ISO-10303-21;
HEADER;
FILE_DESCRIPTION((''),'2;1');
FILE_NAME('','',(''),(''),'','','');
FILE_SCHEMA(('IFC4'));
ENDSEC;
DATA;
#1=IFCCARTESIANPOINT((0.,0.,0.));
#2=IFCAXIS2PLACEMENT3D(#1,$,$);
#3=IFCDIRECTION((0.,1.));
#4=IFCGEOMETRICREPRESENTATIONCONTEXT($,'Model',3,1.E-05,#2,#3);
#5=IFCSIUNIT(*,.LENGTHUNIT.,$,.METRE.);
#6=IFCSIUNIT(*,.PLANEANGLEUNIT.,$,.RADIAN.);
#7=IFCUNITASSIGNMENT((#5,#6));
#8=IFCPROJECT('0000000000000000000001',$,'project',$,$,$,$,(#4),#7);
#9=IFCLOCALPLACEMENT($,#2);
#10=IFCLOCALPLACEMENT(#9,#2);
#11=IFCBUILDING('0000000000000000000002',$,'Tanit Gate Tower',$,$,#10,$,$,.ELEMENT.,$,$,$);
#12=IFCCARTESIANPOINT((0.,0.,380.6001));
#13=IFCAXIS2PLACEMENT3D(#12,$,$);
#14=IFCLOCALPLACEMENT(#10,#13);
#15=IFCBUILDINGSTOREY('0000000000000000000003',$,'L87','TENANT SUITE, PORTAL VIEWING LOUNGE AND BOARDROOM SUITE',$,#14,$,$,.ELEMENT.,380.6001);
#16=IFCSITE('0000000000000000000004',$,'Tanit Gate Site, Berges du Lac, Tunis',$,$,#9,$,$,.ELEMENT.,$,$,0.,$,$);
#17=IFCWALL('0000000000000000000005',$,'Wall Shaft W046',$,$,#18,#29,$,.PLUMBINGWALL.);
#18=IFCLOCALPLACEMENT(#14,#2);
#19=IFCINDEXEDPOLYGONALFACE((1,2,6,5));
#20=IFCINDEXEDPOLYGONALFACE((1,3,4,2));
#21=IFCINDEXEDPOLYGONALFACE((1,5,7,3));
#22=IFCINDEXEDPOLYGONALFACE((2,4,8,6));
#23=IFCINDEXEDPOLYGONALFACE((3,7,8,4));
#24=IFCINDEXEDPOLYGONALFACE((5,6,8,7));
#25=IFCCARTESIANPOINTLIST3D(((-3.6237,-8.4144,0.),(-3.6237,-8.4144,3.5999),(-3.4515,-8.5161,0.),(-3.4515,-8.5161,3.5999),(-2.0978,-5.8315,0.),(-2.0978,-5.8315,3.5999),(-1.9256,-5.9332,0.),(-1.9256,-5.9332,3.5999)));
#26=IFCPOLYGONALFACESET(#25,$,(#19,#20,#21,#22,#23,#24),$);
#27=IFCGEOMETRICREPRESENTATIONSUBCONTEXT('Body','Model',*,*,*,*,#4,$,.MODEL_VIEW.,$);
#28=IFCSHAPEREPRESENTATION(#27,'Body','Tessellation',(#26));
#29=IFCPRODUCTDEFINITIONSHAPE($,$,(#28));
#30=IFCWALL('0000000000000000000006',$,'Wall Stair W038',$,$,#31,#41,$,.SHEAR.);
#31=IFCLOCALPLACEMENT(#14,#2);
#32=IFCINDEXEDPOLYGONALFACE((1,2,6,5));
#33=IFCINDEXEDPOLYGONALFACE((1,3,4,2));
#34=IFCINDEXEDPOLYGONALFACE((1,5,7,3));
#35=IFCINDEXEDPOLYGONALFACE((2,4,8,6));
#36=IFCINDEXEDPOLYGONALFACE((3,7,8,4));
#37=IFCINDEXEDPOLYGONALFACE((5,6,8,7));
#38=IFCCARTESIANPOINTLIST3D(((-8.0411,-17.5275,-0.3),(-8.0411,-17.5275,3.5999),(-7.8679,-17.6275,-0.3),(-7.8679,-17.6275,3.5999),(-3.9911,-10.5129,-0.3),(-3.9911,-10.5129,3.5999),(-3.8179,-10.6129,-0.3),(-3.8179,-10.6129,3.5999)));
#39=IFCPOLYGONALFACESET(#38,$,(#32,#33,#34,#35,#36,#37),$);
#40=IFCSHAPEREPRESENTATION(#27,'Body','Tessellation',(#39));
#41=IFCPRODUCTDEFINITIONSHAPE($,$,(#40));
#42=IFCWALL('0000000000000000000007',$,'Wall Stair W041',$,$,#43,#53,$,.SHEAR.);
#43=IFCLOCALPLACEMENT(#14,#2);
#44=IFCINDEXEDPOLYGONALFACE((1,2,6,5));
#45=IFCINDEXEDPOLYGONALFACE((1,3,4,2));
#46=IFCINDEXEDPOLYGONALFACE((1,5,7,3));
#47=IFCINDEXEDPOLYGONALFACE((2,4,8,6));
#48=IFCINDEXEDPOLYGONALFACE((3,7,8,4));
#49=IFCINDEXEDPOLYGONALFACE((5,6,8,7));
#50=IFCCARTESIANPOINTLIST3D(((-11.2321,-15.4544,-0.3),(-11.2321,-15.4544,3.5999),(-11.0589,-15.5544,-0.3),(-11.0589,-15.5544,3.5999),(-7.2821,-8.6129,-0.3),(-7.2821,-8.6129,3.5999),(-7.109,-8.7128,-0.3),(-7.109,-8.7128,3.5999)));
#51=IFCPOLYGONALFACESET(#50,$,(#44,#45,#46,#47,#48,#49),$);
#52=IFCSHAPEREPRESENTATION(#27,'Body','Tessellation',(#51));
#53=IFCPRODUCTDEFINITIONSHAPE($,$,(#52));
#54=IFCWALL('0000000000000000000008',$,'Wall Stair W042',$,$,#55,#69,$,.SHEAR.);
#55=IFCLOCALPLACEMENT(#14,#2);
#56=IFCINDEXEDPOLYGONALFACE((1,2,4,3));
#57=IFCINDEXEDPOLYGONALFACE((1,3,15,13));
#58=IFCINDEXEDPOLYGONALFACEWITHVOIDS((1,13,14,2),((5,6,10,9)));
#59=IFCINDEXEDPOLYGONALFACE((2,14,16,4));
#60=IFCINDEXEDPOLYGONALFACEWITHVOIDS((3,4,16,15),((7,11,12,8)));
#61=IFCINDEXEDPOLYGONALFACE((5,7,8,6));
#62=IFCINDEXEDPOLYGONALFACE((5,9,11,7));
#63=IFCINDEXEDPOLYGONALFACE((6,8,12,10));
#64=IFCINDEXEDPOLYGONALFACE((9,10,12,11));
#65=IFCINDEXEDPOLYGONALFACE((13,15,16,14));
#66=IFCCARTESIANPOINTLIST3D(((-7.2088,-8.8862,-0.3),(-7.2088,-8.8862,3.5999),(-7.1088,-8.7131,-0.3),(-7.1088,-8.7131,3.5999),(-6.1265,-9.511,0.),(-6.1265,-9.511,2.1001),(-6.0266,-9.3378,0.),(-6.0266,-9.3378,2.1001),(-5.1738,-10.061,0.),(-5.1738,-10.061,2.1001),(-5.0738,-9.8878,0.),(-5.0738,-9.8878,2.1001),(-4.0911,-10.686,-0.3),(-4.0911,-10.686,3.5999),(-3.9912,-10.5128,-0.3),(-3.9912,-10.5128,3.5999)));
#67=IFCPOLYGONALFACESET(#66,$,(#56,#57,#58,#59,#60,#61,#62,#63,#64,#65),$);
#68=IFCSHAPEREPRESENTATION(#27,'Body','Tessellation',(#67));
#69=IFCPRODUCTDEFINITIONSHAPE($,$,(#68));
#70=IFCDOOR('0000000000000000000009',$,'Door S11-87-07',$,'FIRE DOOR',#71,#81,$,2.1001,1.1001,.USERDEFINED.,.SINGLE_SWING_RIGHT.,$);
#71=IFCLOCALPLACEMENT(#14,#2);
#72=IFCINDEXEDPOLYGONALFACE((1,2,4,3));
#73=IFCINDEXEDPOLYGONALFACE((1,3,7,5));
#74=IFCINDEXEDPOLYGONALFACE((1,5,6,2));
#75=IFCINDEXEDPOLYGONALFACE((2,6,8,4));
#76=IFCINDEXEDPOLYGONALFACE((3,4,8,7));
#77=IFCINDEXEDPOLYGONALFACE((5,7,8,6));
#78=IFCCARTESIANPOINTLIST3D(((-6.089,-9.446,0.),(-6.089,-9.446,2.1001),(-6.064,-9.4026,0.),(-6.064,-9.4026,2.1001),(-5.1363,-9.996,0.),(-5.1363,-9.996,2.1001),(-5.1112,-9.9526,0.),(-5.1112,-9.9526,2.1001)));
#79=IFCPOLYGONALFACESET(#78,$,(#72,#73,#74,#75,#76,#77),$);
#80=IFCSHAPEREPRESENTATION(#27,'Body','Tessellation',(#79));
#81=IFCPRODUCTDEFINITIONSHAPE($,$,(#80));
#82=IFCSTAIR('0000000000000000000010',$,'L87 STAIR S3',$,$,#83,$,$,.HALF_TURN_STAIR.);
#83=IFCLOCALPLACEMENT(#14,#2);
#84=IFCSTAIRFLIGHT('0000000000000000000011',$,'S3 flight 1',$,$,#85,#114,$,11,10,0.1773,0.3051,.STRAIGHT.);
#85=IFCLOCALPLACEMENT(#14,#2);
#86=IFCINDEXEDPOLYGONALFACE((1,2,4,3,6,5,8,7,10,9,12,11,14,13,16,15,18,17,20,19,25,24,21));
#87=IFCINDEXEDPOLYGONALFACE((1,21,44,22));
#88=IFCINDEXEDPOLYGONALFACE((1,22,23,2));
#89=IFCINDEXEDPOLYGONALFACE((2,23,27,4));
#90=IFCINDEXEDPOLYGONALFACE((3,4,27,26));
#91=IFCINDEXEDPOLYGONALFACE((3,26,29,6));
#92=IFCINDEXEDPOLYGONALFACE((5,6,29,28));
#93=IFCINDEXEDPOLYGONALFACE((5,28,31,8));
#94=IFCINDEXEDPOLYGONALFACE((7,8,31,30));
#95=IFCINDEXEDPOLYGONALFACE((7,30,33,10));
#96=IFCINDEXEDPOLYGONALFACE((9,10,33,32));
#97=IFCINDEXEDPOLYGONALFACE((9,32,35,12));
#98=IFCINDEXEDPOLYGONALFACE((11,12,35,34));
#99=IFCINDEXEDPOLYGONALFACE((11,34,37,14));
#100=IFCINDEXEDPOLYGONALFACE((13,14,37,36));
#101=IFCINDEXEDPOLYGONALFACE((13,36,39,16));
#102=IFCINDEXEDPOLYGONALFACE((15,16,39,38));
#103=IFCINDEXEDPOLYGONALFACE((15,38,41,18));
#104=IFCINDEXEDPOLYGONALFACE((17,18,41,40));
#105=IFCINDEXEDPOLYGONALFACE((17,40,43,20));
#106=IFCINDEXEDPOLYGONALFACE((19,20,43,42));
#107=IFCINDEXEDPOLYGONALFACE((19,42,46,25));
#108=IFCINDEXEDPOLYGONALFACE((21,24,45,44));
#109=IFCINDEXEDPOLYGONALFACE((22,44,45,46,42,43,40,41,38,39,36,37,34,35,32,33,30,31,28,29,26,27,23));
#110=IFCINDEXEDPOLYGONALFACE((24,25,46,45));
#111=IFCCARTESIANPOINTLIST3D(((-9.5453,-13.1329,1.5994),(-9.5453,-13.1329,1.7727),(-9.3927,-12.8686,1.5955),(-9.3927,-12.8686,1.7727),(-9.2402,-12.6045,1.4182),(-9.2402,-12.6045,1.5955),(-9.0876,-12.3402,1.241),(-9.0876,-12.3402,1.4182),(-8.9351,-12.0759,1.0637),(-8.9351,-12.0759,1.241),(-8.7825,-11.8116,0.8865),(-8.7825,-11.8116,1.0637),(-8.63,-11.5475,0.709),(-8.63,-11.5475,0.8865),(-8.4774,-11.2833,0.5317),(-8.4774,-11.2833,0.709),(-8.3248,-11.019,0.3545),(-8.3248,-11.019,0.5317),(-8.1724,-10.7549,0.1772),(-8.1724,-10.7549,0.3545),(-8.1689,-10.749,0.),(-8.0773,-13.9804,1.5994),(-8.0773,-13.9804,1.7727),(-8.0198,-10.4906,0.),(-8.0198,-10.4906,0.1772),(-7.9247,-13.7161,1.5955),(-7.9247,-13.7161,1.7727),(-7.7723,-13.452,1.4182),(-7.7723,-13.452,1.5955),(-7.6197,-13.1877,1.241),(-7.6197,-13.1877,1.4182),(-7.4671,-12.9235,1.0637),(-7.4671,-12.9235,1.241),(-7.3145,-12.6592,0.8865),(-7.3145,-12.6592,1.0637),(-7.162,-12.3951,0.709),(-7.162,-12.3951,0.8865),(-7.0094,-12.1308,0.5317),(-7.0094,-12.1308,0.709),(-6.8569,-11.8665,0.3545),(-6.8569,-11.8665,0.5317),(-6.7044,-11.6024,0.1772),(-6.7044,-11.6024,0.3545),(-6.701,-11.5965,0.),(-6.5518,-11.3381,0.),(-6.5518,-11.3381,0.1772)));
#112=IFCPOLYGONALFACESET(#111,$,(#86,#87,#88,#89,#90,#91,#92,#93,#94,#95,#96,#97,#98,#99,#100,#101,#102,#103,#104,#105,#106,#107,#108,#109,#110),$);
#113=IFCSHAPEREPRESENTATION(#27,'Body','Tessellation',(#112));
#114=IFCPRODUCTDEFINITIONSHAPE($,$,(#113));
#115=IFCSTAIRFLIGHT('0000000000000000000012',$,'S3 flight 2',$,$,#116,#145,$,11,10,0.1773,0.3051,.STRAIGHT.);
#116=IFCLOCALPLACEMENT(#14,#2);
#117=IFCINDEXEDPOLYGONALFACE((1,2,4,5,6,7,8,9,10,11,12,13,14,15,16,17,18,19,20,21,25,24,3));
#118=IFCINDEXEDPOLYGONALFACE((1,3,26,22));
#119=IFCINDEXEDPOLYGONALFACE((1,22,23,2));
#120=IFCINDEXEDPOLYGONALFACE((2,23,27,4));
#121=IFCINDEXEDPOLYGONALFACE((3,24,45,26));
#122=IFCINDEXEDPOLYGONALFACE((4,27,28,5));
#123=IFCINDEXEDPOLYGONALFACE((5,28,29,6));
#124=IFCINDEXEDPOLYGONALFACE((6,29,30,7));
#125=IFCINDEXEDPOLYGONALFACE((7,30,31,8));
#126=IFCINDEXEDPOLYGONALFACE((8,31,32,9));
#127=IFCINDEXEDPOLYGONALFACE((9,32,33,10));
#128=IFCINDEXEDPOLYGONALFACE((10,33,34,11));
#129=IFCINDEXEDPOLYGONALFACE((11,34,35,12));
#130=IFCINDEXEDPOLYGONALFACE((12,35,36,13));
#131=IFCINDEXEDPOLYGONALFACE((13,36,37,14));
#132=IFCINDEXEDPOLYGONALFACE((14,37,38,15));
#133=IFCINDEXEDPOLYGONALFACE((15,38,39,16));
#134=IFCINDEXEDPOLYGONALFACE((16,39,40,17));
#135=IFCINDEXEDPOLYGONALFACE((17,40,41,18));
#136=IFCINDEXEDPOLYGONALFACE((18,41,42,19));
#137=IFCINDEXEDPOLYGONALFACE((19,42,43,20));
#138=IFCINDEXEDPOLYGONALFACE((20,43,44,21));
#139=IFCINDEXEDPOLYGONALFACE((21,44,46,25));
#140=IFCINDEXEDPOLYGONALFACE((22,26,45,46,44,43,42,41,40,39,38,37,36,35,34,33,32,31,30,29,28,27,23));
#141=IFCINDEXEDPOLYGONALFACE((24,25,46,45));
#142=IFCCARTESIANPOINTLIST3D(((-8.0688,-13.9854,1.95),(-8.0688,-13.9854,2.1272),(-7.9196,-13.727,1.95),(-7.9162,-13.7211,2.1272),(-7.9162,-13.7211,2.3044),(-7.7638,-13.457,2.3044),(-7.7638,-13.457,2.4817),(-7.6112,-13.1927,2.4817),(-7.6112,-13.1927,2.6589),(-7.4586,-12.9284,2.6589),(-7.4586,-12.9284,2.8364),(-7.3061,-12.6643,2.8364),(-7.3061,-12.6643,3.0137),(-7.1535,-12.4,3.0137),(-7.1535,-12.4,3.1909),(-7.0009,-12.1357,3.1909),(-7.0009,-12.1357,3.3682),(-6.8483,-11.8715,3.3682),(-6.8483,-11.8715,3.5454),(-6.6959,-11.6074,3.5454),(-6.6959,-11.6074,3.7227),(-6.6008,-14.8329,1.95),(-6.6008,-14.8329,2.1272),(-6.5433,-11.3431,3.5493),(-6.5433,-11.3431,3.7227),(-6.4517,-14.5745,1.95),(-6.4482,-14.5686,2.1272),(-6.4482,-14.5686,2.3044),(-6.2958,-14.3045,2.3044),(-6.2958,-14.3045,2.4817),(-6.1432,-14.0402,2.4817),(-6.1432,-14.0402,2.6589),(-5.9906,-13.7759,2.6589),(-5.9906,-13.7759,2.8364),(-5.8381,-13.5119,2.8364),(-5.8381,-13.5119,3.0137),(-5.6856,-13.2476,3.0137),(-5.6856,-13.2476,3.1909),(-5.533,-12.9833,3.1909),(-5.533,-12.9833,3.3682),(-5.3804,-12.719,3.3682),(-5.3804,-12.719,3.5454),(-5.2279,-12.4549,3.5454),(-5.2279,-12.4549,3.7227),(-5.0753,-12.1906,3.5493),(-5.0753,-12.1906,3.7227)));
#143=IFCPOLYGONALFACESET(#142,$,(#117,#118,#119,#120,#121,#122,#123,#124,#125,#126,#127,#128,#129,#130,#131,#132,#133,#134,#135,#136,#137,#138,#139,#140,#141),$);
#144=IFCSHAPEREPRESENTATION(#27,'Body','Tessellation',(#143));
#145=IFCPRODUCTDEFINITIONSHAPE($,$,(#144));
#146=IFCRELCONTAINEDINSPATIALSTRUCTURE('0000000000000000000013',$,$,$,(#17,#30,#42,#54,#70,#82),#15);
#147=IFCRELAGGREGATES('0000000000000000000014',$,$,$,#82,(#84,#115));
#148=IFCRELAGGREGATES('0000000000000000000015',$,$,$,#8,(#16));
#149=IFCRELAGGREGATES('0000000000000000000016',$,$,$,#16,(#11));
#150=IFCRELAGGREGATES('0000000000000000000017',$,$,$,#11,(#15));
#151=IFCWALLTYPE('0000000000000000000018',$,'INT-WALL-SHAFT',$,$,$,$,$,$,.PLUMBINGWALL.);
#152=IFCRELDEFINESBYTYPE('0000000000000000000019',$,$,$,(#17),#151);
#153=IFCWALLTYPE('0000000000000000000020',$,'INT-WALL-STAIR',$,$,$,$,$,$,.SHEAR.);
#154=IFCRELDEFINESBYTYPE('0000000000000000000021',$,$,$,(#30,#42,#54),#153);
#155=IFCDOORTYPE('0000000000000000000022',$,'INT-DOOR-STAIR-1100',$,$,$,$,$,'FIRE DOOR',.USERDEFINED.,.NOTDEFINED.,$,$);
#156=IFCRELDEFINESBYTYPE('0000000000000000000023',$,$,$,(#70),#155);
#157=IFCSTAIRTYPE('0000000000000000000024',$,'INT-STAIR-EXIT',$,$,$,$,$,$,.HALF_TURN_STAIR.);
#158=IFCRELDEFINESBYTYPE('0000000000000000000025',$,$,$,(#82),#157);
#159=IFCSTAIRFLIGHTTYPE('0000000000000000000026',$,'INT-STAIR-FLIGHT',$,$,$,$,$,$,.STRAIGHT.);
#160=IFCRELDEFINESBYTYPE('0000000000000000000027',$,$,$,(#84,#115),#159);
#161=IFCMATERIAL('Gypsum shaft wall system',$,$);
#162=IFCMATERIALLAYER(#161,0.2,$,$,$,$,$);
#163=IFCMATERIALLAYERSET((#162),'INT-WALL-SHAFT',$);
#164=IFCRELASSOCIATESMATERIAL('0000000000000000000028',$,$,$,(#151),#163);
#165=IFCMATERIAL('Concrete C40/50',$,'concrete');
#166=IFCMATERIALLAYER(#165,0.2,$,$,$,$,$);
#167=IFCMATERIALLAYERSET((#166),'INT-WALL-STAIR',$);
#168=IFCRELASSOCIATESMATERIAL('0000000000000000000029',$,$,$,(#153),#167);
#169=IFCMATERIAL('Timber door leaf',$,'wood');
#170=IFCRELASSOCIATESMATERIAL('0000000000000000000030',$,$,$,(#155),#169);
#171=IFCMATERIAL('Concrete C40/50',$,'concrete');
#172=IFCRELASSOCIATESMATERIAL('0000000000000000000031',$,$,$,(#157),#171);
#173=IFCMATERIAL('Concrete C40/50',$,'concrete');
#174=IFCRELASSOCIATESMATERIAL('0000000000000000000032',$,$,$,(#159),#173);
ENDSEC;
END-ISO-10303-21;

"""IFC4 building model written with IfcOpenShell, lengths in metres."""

from ifc_helpers import new_model, si_unit, direction, frame, frame_2d, origin, place, context, subcontext, project, spatial, polyline, rectangle, outline, extrude, material, layer, layer_set, type_object, element, fill, aggregate, save


model = new_model("IFC4")

# Units and contexts
model_context = context("Model", 3, precision=1e-05, world=origin(), true_north=direction((0.0, 1.0)))
body_context = subcontext(model_context, "Body", "Model", "MODEL_VIEW")
ifc_project = project(units=[si_unit("LENGTHUNIT", "METRE"), si_unit("PLANEANGLEUNIT", "RADIAN")], contexts=[model_context])

# Site, building, storey
site_placement = place(None, origin())
site = spatial("IfcSite", under=ifc_project, at=site_placement, Name="Tanit Gate Site, Berges du Lac, Tunis", CompositionType="ELEMENT", RefElevation=0.0)
building_placement = place(site_placement, origin())
building = spatial("IfcBuilding", under=site, at=building_placement, Name="Tanit Gate Tower", CompositionType="ELEMENT")
storey_placement = place(building_placement, frame((0.0, 0.0, 380.6001)))
storey = spatial("IfcBuildingStorey", under=building, at=storey_placement, Name="L87", Description="TENANT SUITE, PORTAL VIEWING LOUNGE AND BOARDROOM SUITE", CompositionType="ELEMENT", Elevation=380.6001)

# Shared definitions
ifc_material_1 = material(Name="Gypsum shaft wall system")
ifc_layer_1 = layer(ifc_material_1, 0.2)
ifc_layer_set_1 = layer_set([ifc_layer_1], Name="INT-WALL-SHAFT")
wall_type_1 = type_object("IfcWallType", Name="INT-WALL-SHAFT", PredefinedType="PLUMBINGWALL", material=ifc_layer_set_1)

# Walls
wall_1_placement = place(storey_placement, frame((-2.0117, -5.8823, 0.0), z_axis=(0.0, 0.0, 1.0), x_axis=(-0.50862, -0.860991, 0.0)))
element("IfcWall", 1, at=wall_1_placement, inside=storey, type_object=wall_type_1, Name="Wall Shaft W046", PredefinedType="PLUMBINGWALL", context=body_context, shape_type="SweptSolid", body=[
    extrude(rectangle(XDim=3.0, YDim=0.2, at=frame_2d((1.5, 0.0))), origin(), (0.0, 0.0, 1.0), 3.5999),
])
ifc_material_2 = material(Name="Concrete C40/50", Category="concrete")
ifc_layer_2 = layer(ifc_material_2, 0.2)
ifc_layer_set_2 = layer_set([ifc_layer_2], Name="INT-WALL-STAIR")
wall_type_2 = type_object("IfcWallType", Name="INT-WALL-STAIR", PredefinedType="SHEAR", material=ifc_layer_set_2)
wall_2_placement = place(storey_placement, frame((-3.9045, -10.563, -0.3), z_axis=(0.0, 0.0, 1.0), x_axis=(-0.500013, -0.866018, 0.0)))
element("IfcWall", 2, at=wall_2_placement, inside=storey, type_object=wall_type_2, Name="Wall Stair W038", PredefinedType="SHEAR", context=body_context, shape_type="SweptSolid", body=[
    extrude(rectangle(XDim=8.0999, YDim=0.2, at=frame_2d((4.0498, 0.0))), origin(), (0.0, 0.0, 1.0), 3.8999),
])
wall_3_placement = place(storey_placement, frame((-7.1956, -8.6628, -0.3), z_axis=(0.0, 0.0, 1.0), x_axis=(-0.499998, -0.866027, 0.0)))
element("IfcWall", 3, at=wall_3_placement, inside=storey, type_object=wall_type_2, Name="Wall Stair W041", PredefinedType="SHEAR", context=body_context, shape_type="SweptSolid", body=[
    extrude(rectangle(XDim=7.8999, YDim=0.2, at=frame_2d((3.95, 0.0))), origin(), (0.0, 0.0, 1.0), 3.8999),
])

# Wall, opening, door
wall_4_placement = place(storey_placement, frame((-4.0413, -10.5994, -0.3), z_axis=(0.0, 0.0, 1.0), x_axis=(-0.866048, 0.499961, 0.0)))
wall_4 = element("IfcWall", 4, at=wall_4_placement, inside=storey, type_object=wall_type_2, Name="Wall Stair W042", PredefinedType="SHEAR", context=body_context, shape_type="SweptSolid", body=[
    extrude(rectangle(XDim=3.5999, YDim=0.2, at=frame_2d((1.7998, 0.0))), origin(), (0.0, 0.0, 1.0), 3.8999),
])
opening_1_placement = place(wall_4_placement, frame((1.25, 0.0, 0.3)))
opening_1 = element("IfcOpeningElement", 5, at=opening_1_placement, cuts=wall_4, PredefinedType="OPENING", context=body_context, shape_type="SweptSolid", body=[
    extrude(rectangle(XDim=1.1001, YDim=2.1001, at=frame_2d((0.55, 1.05))), frame((0.0, 0.1099, 0.0), z_axis=(0.0, -1.0, 0.0), x_axis=(1.0, 0.0, 0.0)), (0.0, 0.0, 1.0), 0.22),
])
ifc_material_3 = material(Name="Timber door leaf", Category="wood")
door_type_1 = type_object("IfcDoorType", Name="INT-DOOR-STAIR-1100", ElementType="FIRE DOOR", OperationType="NOTDEFINED", PredefinedType="USERDEFINED", material=ifc_material_3)
door_1_placement = place(opening_1_placement, origin())
door_1 = element("IfcDoor", 6, at=door_1_placement, inside=storey, type_object=door_type_1, Name="Door S11-87-07", ObjectType="FIRE DOOR", OperationType="SINGLE_SWING_RIGHT", OverallHeight=2.1001, OverallWidth=1.1001, PredefinedType="USERDEFINED", context=body_context, shape_type="SweptSolid", body=[
    extrude(rectangle(XDim=1.1001, YDim=2.1001, at=frame_2d((0.55, 1.05))), frame((0.0, 0.0249, 0.0), z_axis=(0.0, -1.0, 0.0), x_axis=(1.0, 0.0, 0.0)), (0.0, 0.0, 1.0), 0.05),
])
fill(opening_1, door_1)

# Stair, stair flights
ifc_material_4 = material(Name="Concrete C40/50", Category="concrete")
stair_type = type_object("IfcStairType", Name="INT-STAIR-EXIT", PredefinedType="HALF_TURN_STAIR", material=ifc_material_4)
stair_placement = place(storey_placement, origin())
stair = element("IfcStair", 7, at=stair_placement, inside=storey, type_object=stair_type, Name="L87 STAIR S3", PredefinedType="HALF_TURN_STAIR")
ifc_material_5 = material(Name="Concrete C40/50", Category="concrete")
stair_flight_type = type_object("IfcStairFlightType", Name="INT-STAIR-FLIGHT", PredefinedType="STRAIGHT", material=ifc_material_5)
stair_flight_1_placement = place(storey_placement, frame((-7.2859, -10.9143, 0.0), z_axis=(0.0, 0.0, 1.0), x_axis=(-0.5, -0.866025, 0.0)))
stair_flight_1 = element("IfcStairFlight", 8, at=stair_flight_1_placement, type_object=stair_flight_type, Name="S3 flight 1", NumberOfRisers=11, NumberOfTreads=10, PredefinedType="STRAIGHT", RiserHeight=0.1773, TreadLength=0.3051, context=body_context, shape_type="SweptSolid", body=[
    extrude(outline(polyline([(0.0, 0.0), (0.0, 0.1772), (0.3052, 0.1772), (0.3052, 0.3545), (0.6101, 0.3545), (0.6101, 0.5317), (0.9153, 0.5317), (0.9153, 0.709), (1.2205, 0.709), (1.2205, 0.8865), (1.5254, 0.8865), (1.5254, 1.0637), (1.8306, 1.0637), (1.8306, 1.241), (2.1357, 1.241), (2.1357, 1.4182), (2.4409, 1.4182), (2.4409, 1.5955), (2.7458, 1.5955), (2.7458, 1.7727), (3.051, 1.7727), (3.051, 1.95), (3.051, 1.5994), (0.2983, 0.0), (0.0, 0.0)])), frame((0.0, 0.8477, 0.0), z_axis=(0.0, -1.0, 0.0), x_axis=(1.0, 0.0, 0.0)), (0.0, 0.0, 1.0), 1.6951),
])
stair_flight_2_placement = place(storey_placement, frame((-7.3347, -14.4092, 1.95), z_axis=(0.0, 0.0, 1.0), x_axis=(0.5, 0.866025, 0.0)))
stair_flight_2 = element("IfcStairFlight", 9, at=stair_flight_2_placement, type_object=stair_flight_type, Name="S3 flight 2", NumberOfRisers=11, NumberOfTreads=10, PredefinedType="STRAIGHT", RiserHeight=0.1773, TreadLength=0.3051, context=body_context, shape_type="SweptSolid", body=[
    extrude(outline(polyline([(0.0, 0.0), (0.0, 0.1772), (0.3052, 0.1772), (0.3052, 0.3545), (0.6101, 0.3545), (0.6101, 0.5317), (0.9153, 0.5317), (0.9153, 0.709), (1.2205, 0.709), (1.2205, 0.8865), (1.5254, 0.8865), (1.5254, 1.0637), (1.8306, 1.0637), (1.8306, 1.241), (2.1357, 1.241), (2.1357, 1.4182), (2.4409, 1.4182), (2.4409, 1.5955), (2.7458, 1.5955), (2.7458, 1.7727), (3.051, 1.7727), (3.051, 1.95), (3.051, 1.5994), (0.2983, 0.0), (0.0, 0.0)])), frame((0.0, 0.8477, 0.0), z_axis=(0.0, -1.0, 0.0), x_axis=(1.0, 0.0, 0.0)), (0.0, 0.0, 1.0), 1.6951),
])
aggregate(stair, [stair_flight_1, stair_flight_2])

save(model, "model.ifc")
